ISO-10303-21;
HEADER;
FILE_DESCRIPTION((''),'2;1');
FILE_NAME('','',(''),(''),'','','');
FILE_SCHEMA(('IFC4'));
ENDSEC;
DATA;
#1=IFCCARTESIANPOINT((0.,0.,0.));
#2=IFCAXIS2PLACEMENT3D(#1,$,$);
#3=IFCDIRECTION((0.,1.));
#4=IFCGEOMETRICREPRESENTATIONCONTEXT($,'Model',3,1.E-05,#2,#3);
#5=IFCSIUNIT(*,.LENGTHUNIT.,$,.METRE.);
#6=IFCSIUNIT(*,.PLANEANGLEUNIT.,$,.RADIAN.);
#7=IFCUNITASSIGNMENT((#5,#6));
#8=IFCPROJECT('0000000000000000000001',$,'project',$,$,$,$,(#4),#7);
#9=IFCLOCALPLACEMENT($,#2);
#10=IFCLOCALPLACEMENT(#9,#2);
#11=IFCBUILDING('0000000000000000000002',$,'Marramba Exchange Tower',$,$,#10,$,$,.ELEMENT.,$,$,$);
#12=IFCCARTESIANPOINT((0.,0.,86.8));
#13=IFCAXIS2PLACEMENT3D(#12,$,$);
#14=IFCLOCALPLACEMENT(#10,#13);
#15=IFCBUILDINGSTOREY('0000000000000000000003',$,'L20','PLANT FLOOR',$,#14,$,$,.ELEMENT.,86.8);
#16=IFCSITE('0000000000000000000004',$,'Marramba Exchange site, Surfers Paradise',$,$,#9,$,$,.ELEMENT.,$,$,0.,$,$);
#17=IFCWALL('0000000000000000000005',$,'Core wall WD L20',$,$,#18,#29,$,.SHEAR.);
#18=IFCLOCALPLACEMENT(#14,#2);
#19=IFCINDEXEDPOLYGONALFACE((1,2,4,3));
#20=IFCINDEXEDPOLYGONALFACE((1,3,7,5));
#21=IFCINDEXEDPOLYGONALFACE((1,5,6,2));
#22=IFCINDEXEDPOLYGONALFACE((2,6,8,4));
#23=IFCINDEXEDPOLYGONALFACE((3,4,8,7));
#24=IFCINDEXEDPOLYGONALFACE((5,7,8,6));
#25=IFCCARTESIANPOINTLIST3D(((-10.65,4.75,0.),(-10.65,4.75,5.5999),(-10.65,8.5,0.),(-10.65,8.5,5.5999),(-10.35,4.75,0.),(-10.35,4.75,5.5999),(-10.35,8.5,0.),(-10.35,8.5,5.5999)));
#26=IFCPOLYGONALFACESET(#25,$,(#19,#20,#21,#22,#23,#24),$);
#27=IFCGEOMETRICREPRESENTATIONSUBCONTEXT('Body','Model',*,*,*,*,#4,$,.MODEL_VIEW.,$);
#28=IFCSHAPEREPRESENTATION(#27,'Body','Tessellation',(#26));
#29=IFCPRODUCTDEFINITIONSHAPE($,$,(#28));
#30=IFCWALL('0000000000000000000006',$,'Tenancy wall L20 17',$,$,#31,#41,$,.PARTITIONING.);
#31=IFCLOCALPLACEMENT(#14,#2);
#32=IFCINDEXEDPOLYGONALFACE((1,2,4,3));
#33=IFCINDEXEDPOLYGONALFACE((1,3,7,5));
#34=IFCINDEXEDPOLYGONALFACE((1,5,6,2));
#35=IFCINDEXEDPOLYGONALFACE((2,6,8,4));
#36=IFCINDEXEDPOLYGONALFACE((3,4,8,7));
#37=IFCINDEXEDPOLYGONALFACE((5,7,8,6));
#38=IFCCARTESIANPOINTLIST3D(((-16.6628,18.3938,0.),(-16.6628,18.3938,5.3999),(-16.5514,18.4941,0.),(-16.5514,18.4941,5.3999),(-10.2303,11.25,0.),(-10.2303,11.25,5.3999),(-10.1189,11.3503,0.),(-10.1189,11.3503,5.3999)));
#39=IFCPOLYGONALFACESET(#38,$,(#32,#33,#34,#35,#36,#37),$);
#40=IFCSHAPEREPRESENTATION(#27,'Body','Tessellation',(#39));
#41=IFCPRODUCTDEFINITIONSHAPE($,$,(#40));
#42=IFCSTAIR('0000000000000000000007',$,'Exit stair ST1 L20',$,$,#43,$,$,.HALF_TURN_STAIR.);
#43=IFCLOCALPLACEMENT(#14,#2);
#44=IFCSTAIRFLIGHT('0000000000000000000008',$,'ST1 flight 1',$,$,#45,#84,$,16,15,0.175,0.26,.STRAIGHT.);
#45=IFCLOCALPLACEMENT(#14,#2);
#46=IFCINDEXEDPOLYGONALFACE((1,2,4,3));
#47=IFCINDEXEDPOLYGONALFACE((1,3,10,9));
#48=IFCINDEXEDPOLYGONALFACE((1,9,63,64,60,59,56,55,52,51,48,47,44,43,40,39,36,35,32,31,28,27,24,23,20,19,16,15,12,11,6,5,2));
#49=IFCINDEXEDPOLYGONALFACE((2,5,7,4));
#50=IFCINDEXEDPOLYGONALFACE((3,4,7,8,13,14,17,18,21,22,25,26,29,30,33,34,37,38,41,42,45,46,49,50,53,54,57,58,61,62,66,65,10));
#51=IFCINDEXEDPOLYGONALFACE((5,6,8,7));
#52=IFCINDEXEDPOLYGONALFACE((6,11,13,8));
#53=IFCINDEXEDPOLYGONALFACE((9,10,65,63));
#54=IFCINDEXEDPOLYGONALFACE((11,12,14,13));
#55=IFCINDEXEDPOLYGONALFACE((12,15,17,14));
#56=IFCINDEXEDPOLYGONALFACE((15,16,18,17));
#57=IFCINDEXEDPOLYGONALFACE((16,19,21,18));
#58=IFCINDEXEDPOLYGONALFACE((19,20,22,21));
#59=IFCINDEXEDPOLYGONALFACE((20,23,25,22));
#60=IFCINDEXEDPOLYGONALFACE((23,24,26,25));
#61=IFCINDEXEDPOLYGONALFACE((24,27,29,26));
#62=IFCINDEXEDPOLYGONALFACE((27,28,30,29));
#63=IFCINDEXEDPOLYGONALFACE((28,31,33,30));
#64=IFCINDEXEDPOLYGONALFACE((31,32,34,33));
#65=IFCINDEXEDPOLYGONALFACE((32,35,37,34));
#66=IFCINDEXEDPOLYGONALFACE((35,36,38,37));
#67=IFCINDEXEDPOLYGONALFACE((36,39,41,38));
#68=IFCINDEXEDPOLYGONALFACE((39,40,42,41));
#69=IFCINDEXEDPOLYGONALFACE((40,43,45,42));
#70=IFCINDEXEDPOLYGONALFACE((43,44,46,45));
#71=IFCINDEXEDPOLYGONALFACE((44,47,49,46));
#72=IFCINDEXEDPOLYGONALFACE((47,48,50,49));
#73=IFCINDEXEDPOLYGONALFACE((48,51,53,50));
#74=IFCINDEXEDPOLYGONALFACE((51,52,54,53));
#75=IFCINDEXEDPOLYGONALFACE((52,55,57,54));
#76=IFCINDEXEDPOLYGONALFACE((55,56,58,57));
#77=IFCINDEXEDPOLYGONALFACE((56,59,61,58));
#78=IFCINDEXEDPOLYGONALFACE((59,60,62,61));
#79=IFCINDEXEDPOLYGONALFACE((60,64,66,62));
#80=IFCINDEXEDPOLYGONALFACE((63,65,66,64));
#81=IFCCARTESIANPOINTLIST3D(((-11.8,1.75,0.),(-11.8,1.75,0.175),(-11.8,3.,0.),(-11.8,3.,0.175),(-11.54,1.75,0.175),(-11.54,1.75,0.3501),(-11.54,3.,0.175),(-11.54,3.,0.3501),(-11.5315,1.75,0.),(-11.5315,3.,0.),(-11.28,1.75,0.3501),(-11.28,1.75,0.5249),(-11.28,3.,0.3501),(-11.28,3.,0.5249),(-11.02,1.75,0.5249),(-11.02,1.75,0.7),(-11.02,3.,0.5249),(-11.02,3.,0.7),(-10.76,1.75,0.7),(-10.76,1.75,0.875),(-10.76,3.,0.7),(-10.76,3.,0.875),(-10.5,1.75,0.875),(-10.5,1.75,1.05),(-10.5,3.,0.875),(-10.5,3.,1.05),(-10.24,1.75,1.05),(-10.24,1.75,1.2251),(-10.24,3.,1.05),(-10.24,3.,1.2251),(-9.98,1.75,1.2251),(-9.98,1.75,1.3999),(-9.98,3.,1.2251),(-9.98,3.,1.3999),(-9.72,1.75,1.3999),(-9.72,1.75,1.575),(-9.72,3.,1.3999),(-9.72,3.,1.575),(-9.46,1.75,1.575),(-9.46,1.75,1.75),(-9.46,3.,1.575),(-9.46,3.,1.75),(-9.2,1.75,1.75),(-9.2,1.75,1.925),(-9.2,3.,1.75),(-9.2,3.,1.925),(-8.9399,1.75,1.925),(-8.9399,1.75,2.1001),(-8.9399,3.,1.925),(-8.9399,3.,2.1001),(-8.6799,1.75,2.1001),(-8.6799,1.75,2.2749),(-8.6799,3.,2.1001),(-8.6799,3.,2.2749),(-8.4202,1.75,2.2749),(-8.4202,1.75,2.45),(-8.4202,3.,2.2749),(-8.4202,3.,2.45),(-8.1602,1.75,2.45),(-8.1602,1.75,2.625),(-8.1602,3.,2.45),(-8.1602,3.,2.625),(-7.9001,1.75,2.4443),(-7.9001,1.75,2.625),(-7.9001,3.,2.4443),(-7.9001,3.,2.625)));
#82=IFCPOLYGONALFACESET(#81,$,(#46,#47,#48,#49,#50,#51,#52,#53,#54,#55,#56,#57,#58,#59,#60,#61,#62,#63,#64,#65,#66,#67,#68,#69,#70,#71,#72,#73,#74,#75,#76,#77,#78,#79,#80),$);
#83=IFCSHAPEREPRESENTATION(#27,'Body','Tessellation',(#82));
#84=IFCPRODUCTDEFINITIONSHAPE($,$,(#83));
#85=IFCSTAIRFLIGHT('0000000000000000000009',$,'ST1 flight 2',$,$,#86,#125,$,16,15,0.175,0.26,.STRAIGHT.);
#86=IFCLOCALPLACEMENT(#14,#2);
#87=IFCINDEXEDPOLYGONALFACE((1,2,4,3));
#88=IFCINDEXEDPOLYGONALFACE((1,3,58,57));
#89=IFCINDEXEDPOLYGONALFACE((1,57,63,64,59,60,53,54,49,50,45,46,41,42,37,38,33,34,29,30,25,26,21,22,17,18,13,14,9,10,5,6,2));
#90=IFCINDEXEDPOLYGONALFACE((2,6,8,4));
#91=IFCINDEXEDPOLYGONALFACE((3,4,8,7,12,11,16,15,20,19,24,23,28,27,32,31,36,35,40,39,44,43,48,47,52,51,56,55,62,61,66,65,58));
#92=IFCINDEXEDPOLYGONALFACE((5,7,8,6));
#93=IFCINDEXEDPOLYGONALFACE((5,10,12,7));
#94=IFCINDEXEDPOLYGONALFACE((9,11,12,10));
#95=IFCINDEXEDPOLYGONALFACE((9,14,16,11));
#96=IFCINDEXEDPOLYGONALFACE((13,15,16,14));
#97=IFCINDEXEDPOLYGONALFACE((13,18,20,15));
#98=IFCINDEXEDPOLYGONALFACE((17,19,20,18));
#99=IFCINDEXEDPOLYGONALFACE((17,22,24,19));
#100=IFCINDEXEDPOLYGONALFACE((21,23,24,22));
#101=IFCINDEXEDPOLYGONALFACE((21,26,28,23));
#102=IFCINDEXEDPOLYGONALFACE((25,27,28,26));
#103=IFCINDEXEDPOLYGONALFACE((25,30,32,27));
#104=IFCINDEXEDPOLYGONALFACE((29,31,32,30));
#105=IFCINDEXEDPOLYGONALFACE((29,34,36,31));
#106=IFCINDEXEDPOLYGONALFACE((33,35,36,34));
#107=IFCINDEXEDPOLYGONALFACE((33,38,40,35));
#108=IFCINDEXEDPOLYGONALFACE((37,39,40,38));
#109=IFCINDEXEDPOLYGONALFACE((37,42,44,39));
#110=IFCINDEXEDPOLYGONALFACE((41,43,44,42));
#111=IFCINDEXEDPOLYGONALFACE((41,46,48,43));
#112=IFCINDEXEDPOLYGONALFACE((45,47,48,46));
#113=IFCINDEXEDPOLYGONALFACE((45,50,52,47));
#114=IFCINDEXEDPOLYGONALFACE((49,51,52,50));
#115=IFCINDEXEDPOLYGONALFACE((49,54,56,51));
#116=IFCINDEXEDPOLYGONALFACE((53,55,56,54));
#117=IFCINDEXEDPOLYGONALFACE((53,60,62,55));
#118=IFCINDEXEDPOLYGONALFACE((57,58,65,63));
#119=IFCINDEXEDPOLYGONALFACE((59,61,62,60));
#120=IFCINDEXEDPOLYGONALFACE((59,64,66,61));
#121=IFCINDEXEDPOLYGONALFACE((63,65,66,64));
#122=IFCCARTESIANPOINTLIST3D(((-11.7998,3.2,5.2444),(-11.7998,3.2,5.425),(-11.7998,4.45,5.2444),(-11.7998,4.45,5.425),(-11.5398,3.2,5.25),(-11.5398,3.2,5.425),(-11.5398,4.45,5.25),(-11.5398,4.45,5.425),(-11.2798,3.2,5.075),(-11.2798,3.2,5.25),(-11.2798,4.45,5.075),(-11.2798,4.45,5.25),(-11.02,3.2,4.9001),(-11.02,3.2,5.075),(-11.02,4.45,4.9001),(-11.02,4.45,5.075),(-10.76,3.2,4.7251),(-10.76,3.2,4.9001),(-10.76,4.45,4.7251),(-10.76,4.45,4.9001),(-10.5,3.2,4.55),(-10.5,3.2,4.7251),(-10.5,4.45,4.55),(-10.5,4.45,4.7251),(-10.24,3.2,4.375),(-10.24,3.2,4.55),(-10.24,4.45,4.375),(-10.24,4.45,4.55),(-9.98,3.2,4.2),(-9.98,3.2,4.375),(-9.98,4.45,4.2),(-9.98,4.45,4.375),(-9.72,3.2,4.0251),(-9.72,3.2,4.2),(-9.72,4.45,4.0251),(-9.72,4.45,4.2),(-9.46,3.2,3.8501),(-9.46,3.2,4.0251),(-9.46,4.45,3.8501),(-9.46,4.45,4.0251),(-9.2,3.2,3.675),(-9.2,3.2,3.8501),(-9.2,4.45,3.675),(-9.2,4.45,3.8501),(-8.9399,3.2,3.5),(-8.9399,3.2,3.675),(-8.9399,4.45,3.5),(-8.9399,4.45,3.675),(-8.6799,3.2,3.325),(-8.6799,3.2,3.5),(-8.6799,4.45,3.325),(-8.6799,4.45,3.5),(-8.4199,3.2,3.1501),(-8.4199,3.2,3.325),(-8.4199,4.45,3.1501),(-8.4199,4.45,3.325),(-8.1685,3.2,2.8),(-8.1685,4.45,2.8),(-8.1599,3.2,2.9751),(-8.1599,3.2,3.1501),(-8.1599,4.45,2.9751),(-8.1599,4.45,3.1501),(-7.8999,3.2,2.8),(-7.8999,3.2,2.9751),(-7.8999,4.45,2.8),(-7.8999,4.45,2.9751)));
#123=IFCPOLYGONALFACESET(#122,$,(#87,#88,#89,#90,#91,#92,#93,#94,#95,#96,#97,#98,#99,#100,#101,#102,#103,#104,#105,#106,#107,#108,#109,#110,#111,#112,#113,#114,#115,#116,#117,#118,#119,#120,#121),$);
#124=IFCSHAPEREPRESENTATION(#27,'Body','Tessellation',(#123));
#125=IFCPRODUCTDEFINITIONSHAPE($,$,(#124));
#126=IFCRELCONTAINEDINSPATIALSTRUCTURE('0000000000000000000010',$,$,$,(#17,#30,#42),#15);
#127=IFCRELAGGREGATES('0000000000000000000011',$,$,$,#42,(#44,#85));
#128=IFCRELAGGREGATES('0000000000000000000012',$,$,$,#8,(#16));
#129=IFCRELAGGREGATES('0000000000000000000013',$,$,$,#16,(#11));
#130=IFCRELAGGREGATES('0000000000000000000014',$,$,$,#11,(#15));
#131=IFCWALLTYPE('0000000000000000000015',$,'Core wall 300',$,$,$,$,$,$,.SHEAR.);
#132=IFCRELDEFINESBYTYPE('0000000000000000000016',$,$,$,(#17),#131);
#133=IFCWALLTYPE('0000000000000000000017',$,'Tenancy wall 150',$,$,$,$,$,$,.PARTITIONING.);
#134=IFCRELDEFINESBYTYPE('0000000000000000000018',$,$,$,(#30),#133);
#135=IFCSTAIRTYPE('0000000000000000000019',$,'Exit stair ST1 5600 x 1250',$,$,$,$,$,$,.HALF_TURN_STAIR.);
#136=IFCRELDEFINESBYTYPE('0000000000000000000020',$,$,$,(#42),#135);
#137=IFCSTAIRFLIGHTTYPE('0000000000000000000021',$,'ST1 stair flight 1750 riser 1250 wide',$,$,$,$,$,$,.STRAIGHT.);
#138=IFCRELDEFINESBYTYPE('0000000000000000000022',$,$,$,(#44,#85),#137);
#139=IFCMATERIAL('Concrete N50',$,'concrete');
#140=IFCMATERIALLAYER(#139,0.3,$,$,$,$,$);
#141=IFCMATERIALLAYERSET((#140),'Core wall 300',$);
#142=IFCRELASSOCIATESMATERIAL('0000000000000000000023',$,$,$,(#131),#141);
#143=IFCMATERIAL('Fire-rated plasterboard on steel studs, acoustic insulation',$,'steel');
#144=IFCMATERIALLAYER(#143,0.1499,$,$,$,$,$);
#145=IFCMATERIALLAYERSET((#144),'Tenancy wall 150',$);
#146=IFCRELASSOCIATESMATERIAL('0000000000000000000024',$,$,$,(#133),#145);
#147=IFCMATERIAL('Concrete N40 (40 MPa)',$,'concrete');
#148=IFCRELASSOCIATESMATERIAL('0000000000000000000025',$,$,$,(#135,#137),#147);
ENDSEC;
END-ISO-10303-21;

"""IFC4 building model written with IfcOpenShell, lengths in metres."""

from ifc_helpers import new_model, si_unit, direction, frame, frame_2d, origin, place, context, subcontext, project, spatial, polyline, rectangle, outline, extrude, material, layer, layer_set, type_object, element, aggregate, save


model = new_model("IFC4")

# Units and contexts
model_context = context("Model", 3, precision=1e-05, world=origin(), true_north=direction((0.0, 1.0)))
body_context = subcontext(model_context, "Body", "Model", "MODEL_VIEW")
ifc_project = project(units=[si_unit("LENGTHUNIT", "METRE"), si_unit("PLANEANGLEUNIT", "RADIAN")], contexts=[model_context])

# Site, building, storey
site_placement = place(None, origin())
site = spatial("IfcSite", under=ifc_project, at=site_placement, Name="Marramba Exchange site, Surfers Paradise", CompositionType="ELEMENT", RefElevation=0.0)
building_placement = place(site_placement, origin())
building = spatial("IfcBuilding", under=site, at=building_placement, Name="Marramba Exchange Tower", CompositionType="ELEMENT")
storey_placement = place(building_placement, frame((0.0, 0.0, 86.8)))
storey = spatial("IfcBuildingStorey", under=building, at=storey_placement, Name="L20", Description="PLANT FLOOR", CompositionType="ELEMENT", Elevation=86.8)

# Shared definitions
ifc_material_1 = material(Name="Concrete N50", Category="concrete")

# Walls
ifc_layer_1 = layer(ifc_material_1, 0.3)
ifc_layer_set_1 = layer_set([ifc_layer_1], Name="Core wall 300")
wall_type_1 = type_object("IfcWallType", Name="Core wall 300", PredefinedType="SHEAR", material=ifc_layer_set_1)
for number, where, z_axis, x_axis, name in (
    (1, (-10.5, 4.75, 0.0), (0.0, 0.0, 1.0), (0.0, 1.0, 0.0), "Core wall WD L20"),
):
    element("IfcWall", number, at=place(storey_placement, frame(where, z_axis=z_axis, x_axis=x_axis)), inside=storey, type_object=wall_type_1, Name=name, PredefinedType="SHEAR", context=body_context, shape_type="SweptSolid", body=[
        extrude(rectangle(XDim=3.75, YDim=0.3, at=frame_2d((1.875, 0.0))), origin(), (0.0, 0.0, 1.0), 5.5999),
    ])
ifc_material_2 = material(Name="Fire-rated plasterboard on steel studs, acoustic insulation", Category="steel")
ifc_layer_2 = layer(ifc_material_2, 0.1499)
ifc_layer_set_2 = layer_set([ifc_layer_2], Name="Tenancy wall 150")
wall_type_2 = type_object("IfcWallType", Name="Tenancy wall 150", PredefinedType="PARTITIONING", material=ifc_layer_set_2)
wall_1_placement = place(storey_placement, frame((-10.1746, 11.3, 0.0), z_axis=(0.0, 0.0, 1.0), x_axis=(-0.669134, 0.743141, 0.0)))
element("IfcWall", 2, at=wall_1_placement, inside=storey, type_object=wall_type_2, Name="Tenancy wall L20 17", PredefinedType="PARTITIONING", context=body_context, shape_type="SweptSolid", body=[
    extrude(rectangle(XDim=9.613, YDim=0.1499, at=frame_2d((4.8066, 0.0))), origin(), (0.0, 0.0, 1.0), 5.3999),
])

# Stair, stair flights
ifc_material_3 = material(Name="Concrete N40 (40 MPa)", Category="concrete")
stair_type = type_object("IfcStairType", Name="Exit stair ST1 5600 x 1250", PredefinedType="HALF_TURN_STAIR", material=ifc_material_3)
stair_placement = place(storey_placement, origin())
stair = element("IfcStair", 3, at=stair_placement, inside=storey, type_object=stair_type, Name="Exit stair ST1 L20", PredefinedType="HALF_TURN_STAIR")
stair_flight_type = type_object("IfcStairFlightType", Name="ST1 stair flight 1750 riser 1250 wide", PredefinedType="STRAIGHT", material=ifc_material_3)
stair_flight_1_placement = place(storey_placement, frame((-11.8, 2.375, 0.0), z_axis=(0.0, 0.0, 1.0), x_axis=(1.0, 0.0, 0.0)))
stair_flight_1 = element("IfcStairFlight", 4, at=stair_flight_1_placement, type_object=stair_flight_type, Name="ST1 flight 1", NumberOfRisers=16, NumberOfTreads=15, PredefinedType="STRAIGHT", RiserHeight=0.175, TreadLength=0.26, context=body_context, shape_type="SweptSolid", body=[
    extrude(outline(polyline([(0.0, 0.0), (0.0, 0.175), (0.26, 0.175), (0.26, 0.3501), (0.52, 0.3501), (0.52, 0.5249), (0.78, 0.5249), (0.78, 0.7), (1.04, 0.7), (1.04, 0.875), (1.3, 0.875), (1.3, 1.05), (1.5601, 1.05), (1.5601, 1.2251), (1.8201, 1.2251), (1.8201, 1.3999), (2.0801, 1.3999), (2.0801, 1.575), (2.3401, 1.575), (2.3401, 1.75), (2.6001, 1.75), (2.6001, 1.925), (2.8601, 1.925), (2.8601, 2.1001), (3.1201, 2.1001), (3.1201, 2.2749), (3.3799, 2.2749), (3.3799, 2.45), (3.6399, 2.45), (3.6399, 2.625), (3.8999, 2.625), (3.8999, 2.8), (3.8999, 2.4443), (0.2686, 0.0), (0.0, 0.0)])), frame((0.0, 0.625, 0.0), z_axis=(0.0, -1.0, 0.0), x_axis=(1.0, 0.0, 0.0)), (0.0, 0.0, 1.0), 1.25),
])
stair_flight_2_placement = place(storey_placement, frame((-7.8999, 3.825, 2.8), z_axis=(0.0, 0.0, 1.0), x_axis=(-1.0, 0.0, 0.0)))
stair_flight_2 = element("IfcStairFlight", 5, at=stair_flight_2_placement, type_object=stair_flight_type, Name="ST1 flight 2", NumberOfRisers=16, NumberOfTreads=15, PredefinedType="STRAIGHT", RiserHeight=0.175, TreadLength=0.26, context=body_context, shape_type="SweptSolid", body=[
    extrude(outline(polyline([(0.0, 0.0), (0.0, 0.175), (0.26, 0.175), (0.26, 0.3501), (0.52, 0.3501), (0.52, 0.5249), (0.78, 0.5249), (0.78, 0.7), (1.04, 0.7), (1.04, 0.875), (1.3, 0.875), (1.3, 1.05), (1.5601, 1.05), (1.5601, 1.2251), (1.8201, 1.2251), (1.8201, 1.3999), (2.0801, 1.3999), (2.0801, 1.575), (2.3401, 1.575), (2.3401, 1.75), (2.6001, 1.75), (2.6001, 1.925), (2.8601, 1.925), (2.8601, 2.1001), (3.1201, 2.1001), (3.1201, 2.2749), (3.3799, 2.2749), (3.3799, 2.45), (3.6399, 2.45), (3.6399, 2.625), (3.8999, 2.625), (3.8999, 2.8), (3.8999, 2.4443), (0.2686, 0.0), (0.0, 0.0)])), frame((0.0, 0.625, 0.0), z_axis=(0.0, -1.0, 0.0), x_axis=(1.0, 0.0, 0.0)), (0.0, 0.0, 1.0), 1.25),
])
aggregate(stair, [stair_flight_1, stair_flight_2])

save(model, "model.ifc")
